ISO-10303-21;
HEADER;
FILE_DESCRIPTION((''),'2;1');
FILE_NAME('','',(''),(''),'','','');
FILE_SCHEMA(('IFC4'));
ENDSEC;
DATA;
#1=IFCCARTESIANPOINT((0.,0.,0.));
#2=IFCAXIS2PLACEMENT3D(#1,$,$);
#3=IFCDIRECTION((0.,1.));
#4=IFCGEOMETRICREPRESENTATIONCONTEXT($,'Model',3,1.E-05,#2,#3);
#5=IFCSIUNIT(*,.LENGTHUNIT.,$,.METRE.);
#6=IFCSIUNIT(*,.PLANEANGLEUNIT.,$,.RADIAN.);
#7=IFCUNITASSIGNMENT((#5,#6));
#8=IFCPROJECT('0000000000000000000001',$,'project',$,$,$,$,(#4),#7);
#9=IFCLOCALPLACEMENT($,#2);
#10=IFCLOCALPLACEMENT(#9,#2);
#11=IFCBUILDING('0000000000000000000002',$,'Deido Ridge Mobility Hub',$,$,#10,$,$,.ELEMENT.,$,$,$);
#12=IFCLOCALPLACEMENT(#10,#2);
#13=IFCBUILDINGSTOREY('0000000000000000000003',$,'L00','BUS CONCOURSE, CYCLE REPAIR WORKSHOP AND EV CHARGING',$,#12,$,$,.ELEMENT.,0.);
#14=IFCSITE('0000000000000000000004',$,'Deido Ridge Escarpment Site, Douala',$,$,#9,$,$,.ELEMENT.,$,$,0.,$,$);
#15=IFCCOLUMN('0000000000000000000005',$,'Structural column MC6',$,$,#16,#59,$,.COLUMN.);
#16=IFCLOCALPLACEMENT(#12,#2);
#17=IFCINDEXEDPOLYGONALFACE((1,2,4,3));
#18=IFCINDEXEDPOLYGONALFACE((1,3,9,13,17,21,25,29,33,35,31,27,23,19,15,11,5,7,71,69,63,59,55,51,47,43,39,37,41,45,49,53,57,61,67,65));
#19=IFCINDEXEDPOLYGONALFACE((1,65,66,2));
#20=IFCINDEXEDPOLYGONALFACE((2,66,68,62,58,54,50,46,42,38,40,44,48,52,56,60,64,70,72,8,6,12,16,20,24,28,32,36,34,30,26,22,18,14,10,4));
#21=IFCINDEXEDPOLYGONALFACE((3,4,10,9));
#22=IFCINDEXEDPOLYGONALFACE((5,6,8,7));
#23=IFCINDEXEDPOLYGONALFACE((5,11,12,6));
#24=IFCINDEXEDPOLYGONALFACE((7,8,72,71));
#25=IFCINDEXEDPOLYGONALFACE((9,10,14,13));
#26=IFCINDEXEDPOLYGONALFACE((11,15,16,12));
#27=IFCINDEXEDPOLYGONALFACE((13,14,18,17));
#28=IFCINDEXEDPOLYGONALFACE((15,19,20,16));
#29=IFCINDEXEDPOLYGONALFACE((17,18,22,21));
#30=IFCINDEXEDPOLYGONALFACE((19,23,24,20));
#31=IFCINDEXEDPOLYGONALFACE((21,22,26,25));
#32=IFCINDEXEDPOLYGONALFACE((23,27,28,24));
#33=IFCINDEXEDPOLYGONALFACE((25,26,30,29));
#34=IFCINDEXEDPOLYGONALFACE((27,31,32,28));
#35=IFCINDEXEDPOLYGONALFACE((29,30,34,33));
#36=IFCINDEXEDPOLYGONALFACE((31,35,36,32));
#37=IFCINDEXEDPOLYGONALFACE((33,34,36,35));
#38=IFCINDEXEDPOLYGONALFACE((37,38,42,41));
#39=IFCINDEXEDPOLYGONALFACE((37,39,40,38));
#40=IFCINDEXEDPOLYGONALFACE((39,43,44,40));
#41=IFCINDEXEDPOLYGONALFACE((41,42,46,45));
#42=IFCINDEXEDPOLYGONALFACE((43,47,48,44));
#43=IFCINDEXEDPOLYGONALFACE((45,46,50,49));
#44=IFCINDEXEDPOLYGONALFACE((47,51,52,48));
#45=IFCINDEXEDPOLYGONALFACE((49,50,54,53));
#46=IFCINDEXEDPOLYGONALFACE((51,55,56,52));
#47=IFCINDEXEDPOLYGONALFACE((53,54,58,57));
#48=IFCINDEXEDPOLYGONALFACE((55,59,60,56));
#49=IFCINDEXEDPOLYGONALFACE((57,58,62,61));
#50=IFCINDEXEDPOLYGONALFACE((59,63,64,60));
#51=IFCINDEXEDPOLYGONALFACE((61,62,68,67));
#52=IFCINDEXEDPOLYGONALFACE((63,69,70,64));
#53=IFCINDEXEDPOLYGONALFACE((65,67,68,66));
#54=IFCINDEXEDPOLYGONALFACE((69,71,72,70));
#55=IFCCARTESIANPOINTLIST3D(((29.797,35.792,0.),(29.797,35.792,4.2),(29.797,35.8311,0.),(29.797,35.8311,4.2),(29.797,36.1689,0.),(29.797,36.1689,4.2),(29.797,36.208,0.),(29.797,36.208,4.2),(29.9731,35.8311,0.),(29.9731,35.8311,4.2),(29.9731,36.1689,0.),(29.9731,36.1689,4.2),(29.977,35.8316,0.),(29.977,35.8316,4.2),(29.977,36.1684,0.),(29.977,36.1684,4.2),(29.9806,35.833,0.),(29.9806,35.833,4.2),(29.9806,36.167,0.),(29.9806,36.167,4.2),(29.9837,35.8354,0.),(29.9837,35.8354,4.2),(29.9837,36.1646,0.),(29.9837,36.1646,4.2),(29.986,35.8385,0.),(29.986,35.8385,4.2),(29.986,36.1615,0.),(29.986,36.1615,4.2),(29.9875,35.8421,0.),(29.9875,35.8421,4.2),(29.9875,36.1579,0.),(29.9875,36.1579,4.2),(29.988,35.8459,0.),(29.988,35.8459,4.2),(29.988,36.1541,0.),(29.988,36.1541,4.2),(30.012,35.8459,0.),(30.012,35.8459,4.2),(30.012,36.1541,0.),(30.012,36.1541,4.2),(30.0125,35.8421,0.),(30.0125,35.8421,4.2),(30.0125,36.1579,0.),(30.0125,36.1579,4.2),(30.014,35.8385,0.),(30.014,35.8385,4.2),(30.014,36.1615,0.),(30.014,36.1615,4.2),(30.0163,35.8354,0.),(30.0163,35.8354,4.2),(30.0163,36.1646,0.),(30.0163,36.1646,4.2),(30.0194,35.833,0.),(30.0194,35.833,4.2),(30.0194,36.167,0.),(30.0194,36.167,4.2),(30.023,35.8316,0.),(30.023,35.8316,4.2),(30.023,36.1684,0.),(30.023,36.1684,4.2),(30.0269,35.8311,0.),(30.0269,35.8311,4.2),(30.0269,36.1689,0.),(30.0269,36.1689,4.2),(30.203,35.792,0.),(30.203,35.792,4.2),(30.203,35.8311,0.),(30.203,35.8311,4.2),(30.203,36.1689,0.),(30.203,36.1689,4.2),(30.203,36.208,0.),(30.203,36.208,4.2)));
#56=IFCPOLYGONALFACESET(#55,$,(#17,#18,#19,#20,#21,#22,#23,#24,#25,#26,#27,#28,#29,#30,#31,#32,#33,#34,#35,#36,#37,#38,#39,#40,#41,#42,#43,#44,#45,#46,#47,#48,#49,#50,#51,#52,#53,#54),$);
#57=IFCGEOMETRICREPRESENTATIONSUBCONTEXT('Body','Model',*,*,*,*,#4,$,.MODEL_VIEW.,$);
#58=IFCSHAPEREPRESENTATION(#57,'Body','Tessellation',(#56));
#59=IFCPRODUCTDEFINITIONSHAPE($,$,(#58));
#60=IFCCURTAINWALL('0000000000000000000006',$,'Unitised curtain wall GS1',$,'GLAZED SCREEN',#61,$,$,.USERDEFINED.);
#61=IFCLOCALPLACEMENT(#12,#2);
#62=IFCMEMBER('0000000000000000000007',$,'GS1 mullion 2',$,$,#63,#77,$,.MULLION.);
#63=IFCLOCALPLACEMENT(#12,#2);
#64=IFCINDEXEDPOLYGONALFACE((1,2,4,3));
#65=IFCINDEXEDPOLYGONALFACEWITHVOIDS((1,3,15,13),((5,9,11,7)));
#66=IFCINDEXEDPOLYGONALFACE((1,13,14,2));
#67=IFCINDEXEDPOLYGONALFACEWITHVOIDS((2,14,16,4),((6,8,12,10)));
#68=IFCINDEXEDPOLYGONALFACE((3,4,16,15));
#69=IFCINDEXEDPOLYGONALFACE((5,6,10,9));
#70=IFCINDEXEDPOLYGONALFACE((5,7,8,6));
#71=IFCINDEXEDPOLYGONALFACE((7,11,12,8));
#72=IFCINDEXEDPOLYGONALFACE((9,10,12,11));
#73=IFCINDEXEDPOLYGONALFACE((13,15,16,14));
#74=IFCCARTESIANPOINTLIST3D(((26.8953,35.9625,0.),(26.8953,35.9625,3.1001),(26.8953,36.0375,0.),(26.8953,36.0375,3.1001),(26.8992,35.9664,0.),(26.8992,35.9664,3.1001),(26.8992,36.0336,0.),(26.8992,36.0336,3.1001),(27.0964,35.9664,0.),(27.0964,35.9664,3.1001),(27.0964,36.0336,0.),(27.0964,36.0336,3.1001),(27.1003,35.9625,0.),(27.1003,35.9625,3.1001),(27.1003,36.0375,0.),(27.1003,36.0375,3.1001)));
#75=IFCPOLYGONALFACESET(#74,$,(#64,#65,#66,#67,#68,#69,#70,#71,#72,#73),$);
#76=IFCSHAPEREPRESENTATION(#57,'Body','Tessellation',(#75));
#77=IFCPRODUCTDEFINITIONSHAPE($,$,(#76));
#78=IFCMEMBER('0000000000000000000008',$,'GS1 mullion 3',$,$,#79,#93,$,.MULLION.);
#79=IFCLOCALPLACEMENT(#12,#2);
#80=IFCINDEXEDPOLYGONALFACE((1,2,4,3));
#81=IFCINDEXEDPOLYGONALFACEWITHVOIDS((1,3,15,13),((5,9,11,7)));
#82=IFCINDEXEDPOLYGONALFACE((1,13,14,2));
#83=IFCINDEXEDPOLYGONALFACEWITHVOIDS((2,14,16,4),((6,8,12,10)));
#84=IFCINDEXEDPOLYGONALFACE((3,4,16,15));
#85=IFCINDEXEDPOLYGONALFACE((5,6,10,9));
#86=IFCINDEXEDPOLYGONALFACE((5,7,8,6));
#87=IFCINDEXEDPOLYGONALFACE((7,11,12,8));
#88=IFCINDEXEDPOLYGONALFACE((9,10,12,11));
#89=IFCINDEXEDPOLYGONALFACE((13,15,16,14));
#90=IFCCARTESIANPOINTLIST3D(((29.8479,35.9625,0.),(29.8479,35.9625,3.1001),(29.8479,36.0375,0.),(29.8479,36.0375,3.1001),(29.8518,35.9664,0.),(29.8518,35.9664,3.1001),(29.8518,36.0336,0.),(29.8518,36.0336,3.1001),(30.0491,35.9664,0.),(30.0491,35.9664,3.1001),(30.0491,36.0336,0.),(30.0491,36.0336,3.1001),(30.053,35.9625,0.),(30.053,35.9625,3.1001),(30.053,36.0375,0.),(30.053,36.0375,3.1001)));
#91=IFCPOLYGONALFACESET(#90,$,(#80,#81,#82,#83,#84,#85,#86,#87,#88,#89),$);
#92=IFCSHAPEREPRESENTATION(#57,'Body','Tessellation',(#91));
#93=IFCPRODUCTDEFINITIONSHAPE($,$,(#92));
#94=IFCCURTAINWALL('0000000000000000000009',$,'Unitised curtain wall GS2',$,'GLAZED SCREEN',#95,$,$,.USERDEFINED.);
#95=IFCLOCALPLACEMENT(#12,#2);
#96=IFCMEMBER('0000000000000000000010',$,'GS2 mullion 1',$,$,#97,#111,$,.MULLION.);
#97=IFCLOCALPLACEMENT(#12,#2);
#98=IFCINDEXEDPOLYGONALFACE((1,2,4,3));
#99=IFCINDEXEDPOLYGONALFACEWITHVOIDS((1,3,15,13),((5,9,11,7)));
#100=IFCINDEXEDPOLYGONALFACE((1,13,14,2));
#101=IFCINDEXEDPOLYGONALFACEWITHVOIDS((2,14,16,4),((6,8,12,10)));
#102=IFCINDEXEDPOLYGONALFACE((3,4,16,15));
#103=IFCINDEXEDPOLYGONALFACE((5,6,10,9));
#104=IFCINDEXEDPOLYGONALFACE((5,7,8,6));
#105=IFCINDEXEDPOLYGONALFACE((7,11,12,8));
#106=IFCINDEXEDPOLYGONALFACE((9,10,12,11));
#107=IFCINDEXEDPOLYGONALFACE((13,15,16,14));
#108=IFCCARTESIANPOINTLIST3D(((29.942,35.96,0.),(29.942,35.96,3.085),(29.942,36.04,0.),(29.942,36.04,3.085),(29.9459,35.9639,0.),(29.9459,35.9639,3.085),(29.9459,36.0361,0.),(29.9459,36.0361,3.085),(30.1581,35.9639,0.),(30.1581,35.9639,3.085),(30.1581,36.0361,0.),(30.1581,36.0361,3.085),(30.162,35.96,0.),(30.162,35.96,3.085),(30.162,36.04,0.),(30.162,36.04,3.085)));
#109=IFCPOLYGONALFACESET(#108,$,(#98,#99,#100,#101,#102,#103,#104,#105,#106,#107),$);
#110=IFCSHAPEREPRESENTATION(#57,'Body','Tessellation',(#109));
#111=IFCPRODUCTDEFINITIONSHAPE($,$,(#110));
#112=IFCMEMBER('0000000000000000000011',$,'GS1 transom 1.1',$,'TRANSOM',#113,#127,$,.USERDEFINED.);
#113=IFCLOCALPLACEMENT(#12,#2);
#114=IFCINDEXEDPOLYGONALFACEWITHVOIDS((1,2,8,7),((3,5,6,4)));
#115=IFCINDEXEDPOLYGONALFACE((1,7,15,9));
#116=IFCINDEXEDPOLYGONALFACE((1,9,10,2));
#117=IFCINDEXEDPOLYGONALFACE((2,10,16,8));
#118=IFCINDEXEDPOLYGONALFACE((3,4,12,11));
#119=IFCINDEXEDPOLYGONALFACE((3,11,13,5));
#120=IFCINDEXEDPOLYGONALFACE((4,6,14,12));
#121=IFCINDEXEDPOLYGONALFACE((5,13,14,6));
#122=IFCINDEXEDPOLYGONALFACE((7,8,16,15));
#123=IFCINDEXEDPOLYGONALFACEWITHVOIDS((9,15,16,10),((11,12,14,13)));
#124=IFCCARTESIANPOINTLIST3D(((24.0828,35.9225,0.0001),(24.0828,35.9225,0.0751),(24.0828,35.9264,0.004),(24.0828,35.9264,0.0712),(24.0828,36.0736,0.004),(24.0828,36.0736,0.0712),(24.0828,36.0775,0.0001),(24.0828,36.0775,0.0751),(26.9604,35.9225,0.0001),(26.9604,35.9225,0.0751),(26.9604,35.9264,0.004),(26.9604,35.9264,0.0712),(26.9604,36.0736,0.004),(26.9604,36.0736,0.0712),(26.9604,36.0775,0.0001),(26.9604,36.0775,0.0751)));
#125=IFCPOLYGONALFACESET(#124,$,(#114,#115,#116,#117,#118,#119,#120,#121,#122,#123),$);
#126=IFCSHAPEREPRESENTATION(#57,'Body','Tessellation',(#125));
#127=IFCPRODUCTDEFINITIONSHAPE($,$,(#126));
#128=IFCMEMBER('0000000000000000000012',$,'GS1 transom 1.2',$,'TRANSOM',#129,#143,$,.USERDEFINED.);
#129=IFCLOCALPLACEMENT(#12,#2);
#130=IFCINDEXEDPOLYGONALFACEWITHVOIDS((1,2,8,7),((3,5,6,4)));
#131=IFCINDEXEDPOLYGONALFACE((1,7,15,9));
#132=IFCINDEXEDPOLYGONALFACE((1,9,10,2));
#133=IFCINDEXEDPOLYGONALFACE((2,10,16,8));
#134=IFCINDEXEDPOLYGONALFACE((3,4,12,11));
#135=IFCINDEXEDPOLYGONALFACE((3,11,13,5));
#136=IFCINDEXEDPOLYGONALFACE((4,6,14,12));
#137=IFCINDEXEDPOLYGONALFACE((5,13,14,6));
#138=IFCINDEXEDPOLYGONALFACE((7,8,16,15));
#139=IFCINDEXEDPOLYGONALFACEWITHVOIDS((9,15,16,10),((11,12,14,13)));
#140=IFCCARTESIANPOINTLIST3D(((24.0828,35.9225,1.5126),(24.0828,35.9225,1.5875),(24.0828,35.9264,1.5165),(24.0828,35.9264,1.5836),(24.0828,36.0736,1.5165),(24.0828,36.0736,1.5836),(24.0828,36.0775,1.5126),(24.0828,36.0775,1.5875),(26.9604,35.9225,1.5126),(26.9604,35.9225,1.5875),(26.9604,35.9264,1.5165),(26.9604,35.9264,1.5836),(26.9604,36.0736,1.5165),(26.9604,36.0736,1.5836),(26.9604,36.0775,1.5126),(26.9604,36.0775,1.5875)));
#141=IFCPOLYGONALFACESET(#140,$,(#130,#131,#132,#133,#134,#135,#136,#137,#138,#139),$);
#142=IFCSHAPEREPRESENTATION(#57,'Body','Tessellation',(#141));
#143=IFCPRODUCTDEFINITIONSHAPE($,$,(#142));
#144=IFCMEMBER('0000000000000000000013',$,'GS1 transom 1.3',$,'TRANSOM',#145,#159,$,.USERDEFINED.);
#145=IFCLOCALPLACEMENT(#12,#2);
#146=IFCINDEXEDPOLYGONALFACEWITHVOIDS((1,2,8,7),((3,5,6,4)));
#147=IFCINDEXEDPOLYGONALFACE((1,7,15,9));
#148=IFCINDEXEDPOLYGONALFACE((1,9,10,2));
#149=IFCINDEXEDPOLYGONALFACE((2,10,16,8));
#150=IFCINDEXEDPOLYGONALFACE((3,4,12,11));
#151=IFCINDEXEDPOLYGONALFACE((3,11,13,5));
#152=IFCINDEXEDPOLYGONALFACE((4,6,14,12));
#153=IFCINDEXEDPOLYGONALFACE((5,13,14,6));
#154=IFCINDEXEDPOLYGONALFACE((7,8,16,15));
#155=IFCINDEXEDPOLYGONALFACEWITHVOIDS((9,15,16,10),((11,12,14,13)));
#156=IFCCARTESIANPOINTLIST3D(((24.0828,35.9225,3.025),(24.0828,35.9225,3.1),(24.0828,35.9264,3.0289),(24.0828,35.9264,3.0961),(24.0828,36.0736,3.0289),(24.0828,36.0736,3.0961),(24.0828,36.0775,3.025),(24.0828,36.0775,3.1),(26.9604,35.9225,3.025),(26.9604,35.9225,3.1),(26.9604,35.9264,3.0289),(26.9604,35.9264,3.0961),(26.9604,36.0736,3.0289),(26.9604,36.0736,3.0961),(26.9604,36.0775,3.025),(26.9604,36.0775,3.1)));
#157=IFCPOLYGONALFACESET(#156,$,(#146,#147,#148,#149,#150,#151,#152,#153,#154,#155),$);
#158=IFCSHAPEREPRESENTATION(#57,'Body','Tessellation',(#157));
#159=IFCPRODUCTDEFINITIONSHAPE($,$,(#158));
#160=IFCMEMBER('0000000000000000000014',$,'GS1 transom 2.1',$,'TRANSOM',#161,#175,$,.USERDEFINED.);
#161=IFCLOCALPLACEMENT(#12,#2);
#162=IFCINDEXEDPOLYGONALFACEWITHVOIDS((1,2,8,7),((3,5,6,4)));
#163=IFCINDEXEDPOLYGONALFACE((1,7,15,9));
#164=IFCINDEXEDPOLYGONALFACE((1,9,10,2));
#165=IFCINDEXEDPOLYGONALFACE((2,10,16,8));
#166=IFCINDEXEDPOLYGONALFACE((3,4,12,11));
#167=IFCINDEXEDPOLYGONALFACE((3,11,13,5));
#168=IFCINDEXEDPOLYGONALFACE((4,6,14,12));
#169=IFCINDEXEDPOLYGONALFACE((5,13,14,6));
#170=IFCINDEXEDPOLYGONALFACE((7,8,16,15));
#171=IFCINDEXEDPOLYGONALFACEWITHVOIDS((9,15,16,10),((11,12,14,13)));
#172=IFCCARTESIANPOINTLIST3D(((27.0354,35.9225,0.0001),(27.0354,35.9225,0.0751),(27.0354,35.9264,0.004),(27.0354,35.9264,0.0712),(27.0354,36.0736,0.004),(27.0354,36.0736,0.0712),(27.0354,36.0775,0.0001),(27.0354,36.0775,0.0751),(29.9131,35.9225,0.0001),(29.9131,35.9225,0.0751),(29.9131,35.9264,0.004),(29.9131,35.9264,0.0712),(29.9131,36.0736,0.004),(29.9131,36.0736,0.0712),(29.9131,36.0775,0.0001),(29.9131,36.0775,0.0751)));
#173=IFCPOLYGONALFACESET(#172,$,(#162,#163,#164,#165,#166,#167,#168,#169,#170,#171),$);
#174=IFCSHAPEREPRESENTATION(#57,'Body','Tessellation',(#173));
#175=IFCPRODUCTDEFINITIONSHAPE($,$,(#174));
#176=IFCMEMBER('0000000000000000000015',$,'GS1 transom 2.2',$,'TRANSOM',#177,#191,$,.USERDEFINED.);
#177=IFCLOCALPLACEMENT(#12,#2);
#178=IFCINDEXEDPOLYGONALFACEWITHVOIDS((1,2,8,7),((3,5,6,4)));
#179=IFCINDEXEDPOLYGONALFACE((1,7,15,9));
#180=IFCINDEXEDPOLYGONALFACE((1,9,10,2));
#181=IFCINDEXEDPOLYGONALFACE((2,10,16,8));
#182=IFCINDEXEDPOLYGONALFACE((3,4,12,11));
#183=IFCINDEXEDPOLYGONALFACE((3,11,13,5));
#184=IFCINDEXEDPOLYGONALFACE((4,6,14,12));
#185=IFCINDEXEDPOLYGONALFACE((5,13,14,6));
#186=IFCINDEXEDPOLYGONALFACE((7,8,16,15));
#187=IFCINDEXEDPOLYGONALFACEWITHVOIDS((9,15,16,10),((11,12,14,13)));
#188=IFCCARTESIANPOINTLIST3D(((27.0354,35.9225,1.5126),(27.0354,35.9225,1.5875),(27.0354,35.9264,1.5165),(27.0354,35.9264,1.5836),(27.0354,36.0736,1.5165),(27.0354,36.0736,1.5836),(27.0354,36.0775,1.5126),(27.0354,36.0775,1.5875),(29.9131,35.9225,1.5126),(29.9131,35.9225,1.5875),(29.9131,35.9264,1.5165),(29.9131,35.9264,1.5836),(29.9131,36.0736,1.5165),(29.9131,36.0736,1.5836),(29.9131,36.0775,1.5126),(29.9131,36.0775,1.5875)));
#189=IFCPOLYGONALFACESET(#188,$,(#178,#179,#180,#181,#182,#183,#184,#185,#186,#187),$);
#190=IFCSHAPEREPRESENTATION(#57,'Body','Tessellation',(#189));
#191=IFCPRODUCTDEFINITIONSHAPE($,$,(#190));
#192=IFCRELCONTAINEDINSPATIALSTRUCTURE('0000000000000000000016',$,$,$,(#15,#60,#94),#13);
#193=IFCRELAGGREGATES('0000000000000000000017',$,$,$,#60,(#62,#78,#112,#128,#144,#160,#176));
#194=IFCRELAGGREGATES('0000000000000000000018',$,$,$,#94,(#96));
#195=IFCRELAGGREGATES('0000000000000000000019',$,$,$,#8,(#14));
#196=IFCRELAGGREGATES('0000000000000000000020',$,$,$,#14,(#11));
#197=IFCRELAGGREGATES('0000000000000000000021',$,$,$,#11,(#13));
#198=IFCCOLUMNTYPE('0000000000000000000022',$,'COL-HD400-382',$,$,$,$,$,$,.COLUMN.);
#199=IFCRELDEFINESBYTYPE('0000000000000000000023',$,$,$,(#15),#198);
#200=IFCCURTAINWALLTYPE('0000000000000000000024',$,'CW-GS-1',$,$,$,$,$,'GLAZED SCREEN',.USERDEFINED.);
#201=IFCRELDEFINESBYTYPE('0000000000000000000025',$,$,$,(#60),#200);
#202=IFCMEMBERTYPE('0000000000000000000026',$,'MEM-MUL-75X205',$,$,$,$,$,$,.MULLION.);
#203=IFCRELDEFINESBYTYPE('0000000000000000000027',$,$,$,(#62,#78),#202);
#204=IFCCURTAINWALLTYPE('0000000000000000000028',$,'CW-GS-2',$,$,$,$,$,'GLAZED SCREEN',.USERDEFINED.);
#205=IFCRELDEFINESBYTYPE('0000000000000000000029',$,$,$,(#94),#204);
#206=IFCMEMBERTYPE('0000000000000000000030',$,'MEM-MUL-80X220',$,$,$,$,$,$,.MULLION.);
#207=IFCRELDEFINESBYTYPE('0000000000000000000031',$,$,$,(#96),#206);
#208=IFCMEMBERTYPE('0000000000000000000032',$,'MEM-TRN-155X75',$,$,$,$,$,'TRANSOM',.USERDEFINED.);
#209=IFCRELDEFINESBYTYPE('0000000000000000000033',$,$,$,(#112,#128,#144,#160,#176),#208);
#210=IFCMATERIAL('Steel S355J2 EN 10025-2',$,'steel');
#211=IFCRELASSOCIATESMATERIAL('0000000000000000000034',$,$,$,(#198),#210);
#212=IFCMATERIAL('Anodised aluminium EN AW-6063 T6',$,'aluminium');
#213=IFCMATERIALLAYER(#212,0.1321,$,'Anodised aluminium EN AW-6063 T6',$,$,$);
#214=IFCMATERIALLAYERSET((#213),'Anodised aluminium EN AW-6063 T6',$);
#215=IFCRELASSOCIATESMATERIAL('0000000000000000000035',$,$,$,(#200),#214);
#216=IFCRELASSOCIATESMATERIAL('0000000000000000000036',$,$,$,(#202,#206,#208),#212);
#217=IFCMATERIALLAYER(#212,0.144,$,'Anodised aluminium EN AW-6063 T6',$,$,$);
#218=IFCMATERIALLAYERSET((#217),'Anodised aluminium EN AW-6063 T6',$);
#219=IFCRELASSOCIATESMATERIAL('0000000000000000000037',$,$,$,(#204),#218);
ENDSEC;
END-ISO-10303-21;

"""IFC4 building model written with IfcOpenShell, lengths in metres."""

from ifc_helpers import new_model, si_unit, direction, frame, origin, origin_2d, place, context, subcontext, project, spatial, hollow_rectangle, i_section, extrude, material, layer, layer_set, material_profile, profile_set, type_object, element, aggregate, save


model = new_model("IFC4")

# Units and contexts
model_context = context("Model", 3, precision=1e-05, world=origin(), true_north=direction((0.0, 1.0)))
body_context = subcontext(model_context, "Body", "Model", "MODEL_VIEW")
ifc_project = project(units=[si_unit("LENGTHUNIT", "METRE"), si_unit("PLANEANGLEUNIT", "RADIAN")], contexts=[model_context])

# Site, building, storey
site_placement = place(None, origin())
site = spatial("IfcSite", under=ifc_project, at=site_placement, Name="Deido Ridge Escarpment Site, Douala", CompositionType="ELEMENT", RefElevation=0.0)
building_placement = place(site_placement, origin())
building = spatial("IfcBuilding", under=site, at=building_placement, Name="Deido Ridge Mobility Hub", CompositionType="ELEMENT")
storey_placement = place(building_placement, origin())
storey = spatial("IfcBuildingStorey", under=building, at=storey_placement, Name="L00", Description="BUS CONCOURSE, CYCLE REPAIR WORKSHOP AND EV CHARGING", CompositionType="ELEMENT", Elevation=0.0)

# Column
ifc_material_1 = material(Name="Steel S355J2 EN 10025-2", Category="steel")
ifc_material_profile_1 = material_profile(ifc_material_1, i_section(OverallWidth=0.406, OverallDepth=0.416, WebThickness=0.0239, FlangeThickness=0.0391, FilletRadius=0.0149, at=origin_2d()), Name="HD 400x382")
ifc_profile_set_1 = profile_set([ifc_material_profile_1], Name="Steel S355J2 EN 10025-2")
column_type = type_object("IfcColumnType", Name="COL-HD400-382", PredefinedType="COLUMN", material=ifc_profile_set_1)
column_placement = place(storey_placement, frame((30.0, 36.0, 0.0), z_axis=(0.0, 0.0, 1.0), x_axis=(1.0, 0.0, 0.0)))
element("IfcColumn", 1, at=column_placement, inside=storey, type_object=column_type, Name="Structural column MC6", PredefinedType="COLUMN", context=body_context, shape_type="SweptSolid", body=[
    extrude(i_section(OverallWidth=0.406, OverallDepth=0.416, WebThickness=0.0239, FlangeThickness=0.0391, FilletRadius=0.0149, at=origin_2d()), origin(), (0.0, 0.0, 1.0), 4.2),
])

# Curtain wall, members
ifc_material_2 = material(Name="Anodised aluminium EN AW-6063 T6", Category="aluminium")
ifc_layer_1 = layer(ifc_material_2, 0.1321, Name="Anodised aluminium EN AW-6063 T6")
ifc_layer_set_1 = layer_set([ifc_layer_1], Name="Anodised aluminium EN AW-6063 T6")
curtain_wall_type_1 = type_object("IfcCurtainWallType", Name="CW-GS-1", ElementType="GLAZED SCREEN", PredefinedType="USERDEFINED", material=ifc_layer_set_1)
curtain_wall_1_placement = place(storey_placement, origin())
curtain_wall_1 = element("IfcCurtainWall", 2, at=curtain_wall_1_placement, inside=storey, type_object=curtain_wall_type_1, Name="Unitised curtain wall GS1", ObjectType="GLAZED SCREEN", PredefinedType="USERDEFINED")
ifc_material_profile_2 = material_profile(ifc_material_2, hollow_rectangle(XDim=0.075, YDim=0.2051, WallThickness=0.0039, at=origin_2d()), Name="RHS 75x205x4")
ifc_profile_set_2 = profile_set([ifc_material_profile_2], Name="Anodised aluminium EN AW-6063 T6")
member_type_1 = type_object("IfcMemberType", Name="MEM-MUL-75X205", PredefinedType="MULLION", material=ifc_profile_set_2)
member_1_placement = place(storey_placement, frame((26.9978, 36.0, 0.0), z_axis=(0.0, 0.0, 1.0), x_axis=(0.0, 1.0, 0.0)))
member_1 = element("IfcMember", 3, at=member_1_placement, type_object=member_type_1, Name="GS1 mullion 2", PredefinedType="MULLION", context=body_context, shape_type="SweptSolid", body=[
    extrude(hollow_rectangle(XDim=0.075, YDim=0.2051, WallThickness=0.0039, at=origin_2d()), origin(), (0.0, 0.0, 1.0), 3.1001),
])
member_2_placement = place(storey_placement, frame((29.9504, 36.0, 0.0), z_axis=(0.0, 0.0, 1.0), x_axis=(0.0, 1.0, 0.0)))
member_2 = element("IfcMember", 4, at=member_2_placement, type_object=member_type_1, Name="GS1 mullion 3", PredefinedType="MULLION", context=body_context, shape_type="SweptSolid", body=[
    extrude(hollow_rectangle(XDim=0.075, YDim=0.2051, WallThickness=0.0039, at=origin_2d()), origin(), (0.0, 0.0, 1.0), 3.1001),
])

# Curtain wall, member
ifc_layer_2 = layer(ifc_material_2, 0.144, Name="Anodised aluminium EN AW-6063 T6")
ifc_layer_set_2 = layer_set([ifc_layer_2], Name="Anodised aluminium EN AW-6063 T6")
curtain_wall_type_2 = type_object("IfcCurtainWallType", Name="CW-GS-2", ElementType="GLAZED SCREEN", PredefinedType="USERDEFINED", material=ifc_layer_set_2)
curtain_wall_2_placement = place(storey_placement, origin())
curtain_wall_2 = element("IfcCurtainWall", 5, at=curtain_wall_2_placement, inside=storey, type_object=curtain_wall_type_2, Name="Unitised curtain wall GS2", ObjectType="GLAZED SCREEN", PredefinedType="USERDEFINED")
ifc_material_profile_3 = material_profile(ifc_material_2, hollow_rectangle(XDim=0.0801, YDim=0.22, WallThickness=0.0039, at=origin_2d()), Name="RHS 80x220x4")
ifc_profile_set_3 = profile_set([ifc_material_profile_3], Name="Anodised aluminium EN AW-6063 T6")
member_type_2 = type_object("IfcMemberType", Name="MEM-MUL-80X220", PredefinedType="MULLION", material=ifc_profile_set_3)
member_3_placement = place(storey_placement, frame((30.052, 36.0, 0.0), z_axis=(0.0, 0.0, 1.0), x_axis=(0.0, 1.0, 0.0)))
member_3 = element("IfcMember", 6, at=member_3_placement, type_object=member_type_2, Name="GS2 mullion 1", PredefinedType="MULLION", context=body_context, shape_type="SweptSolid", body=[
    extrude(hollow_rectangle(XDim=0.0801, YDim=0.22, WallThickness=0.0039, at=origin_2d()), origin(), (0.0, 0.0, 1.0), 3.085),
])

# Members
ifc_material_profile_4 = material_profile(ifc_material_2, hollow_rectangle(XDim=0.155, YDim=0.075, WallThickness=0.0039, at=origin_2d()), Name="RHS 155x75x4")
ifc_profile_set_4 = profile_set([ifc_material_profile_4], Name="Anodised aluminium EN AW-6063 T6")
member_type_3 = type_object("IfcMemberType", Name="MEM-TRN-155X75", ElementType="TRANSOM", PredefinedType="USERDEFINED", material=ifc_profile_set_4)
member_4_placement = place(storey_placement, frame((24.0828, 36.0, 0.0376), z_axis=(1.0, 0.0, 0.0), x_axis=(0.0, 1.0, 0.0)))
member_4 = element("IfcMember", 7, at=member_4_placement, type_object=member_type_3, Name="GS1 transom 1.1", ObjectType="TRANSOM", PredefinedType="USERDEFINED", context=body_context, shape_type="SweptSolid", body=[
    extrude(hollow_rectangle(XDim=0.155, YDim=0.075, WallThickness=0.0039, at=origin_2d()), origin(), (0.0, 0.0, 1.0), 2.8777),
])
member_5_placement = place(storey_placement, frame((24.0828, 36.0, 1.55), z_axis=(1.0, 0.0, 0.0), x_axis=(0.0, 1.0, 0.0)))
member_5 = element("IfcMember", 8, at=member_5_placement, type_object=member_type_3, Name="GS1 transom 1.2", ObjectType="TRANSOM", PredefinedType="USERDEFINED", context=body_context, shape_type="SweptSolid", body=[
    extrude(hollow_rectangle(XDim=0.155, YDim=0.075, WallThickness=0.0039, at=origin_2d()), origin(), (0.0, 0.0, 1.0), 2.8777),
])
member_6_placement = place(storey_placement, frame((24.0828, 36.0, 3.0625), z_axis=(1.0, 0.0, 0.0), x_axis=(0.0, 1.0, 0.0)))
member_6 = element("IfcMember", 9, at=member_6_placement, type_object=member_type_3, Name="GS1 transom 1.3", ObjectType="TRANSOM", PredefinedType="USERDEFINED", context=body_context, shape_type="SweptSolid", body=[
    extrude(hollow_rectangle(XDim=0.155, YDim=0.075, WallThickness=0.0039, at=origin_2d()), origin(), (0.0, 0.0, 1.0), 2.8777),
])
member_7_placement = place(storey_placement, frame((27.0354, 36.0, 0.0376), z_axis=(1.0, 0.0, 0.0), x_axis=(0.0, 1.0, 0.0)))
member_7 = element("IfcMember", 10, at=member_7_placement, type_object=member_type_3, Name="GS1 transom 2.1", ObjectType="TRANSOM", PredefinedType="USERDEFINED", context=body_context, shape_type="SweptSolid", body=[
    extrude(hollow_rectangle(XDim=0.155, YDim=0.075, WallThickness=0.0039, at=origin_2d()), origin(), (0.0, 0.0, 1.0), 2.8777),
])
member_8_placement = place(storey_placement, frame((27.0354, 36.0, 1.55), z_axis=(1.0, 0.0, 0.0), x_axis=(0.0, 1.0, 0.0)))
member_8 = element("IfcMember", 11, at=member_8_placement, type_object=member_type_3, Name="GS1 transom 2.2", ObjectType="TRANSOM", PredefinedType="USERDEFINED", context=body_context, shape_type="SweptSolid", body=[
    extrude(hollow_rectangle(XDim=0.155, YDim=0.075, WallThickness=0.0039, at=origin_2d()), origin(), (0.0, 0.0, 1.0), 2.8777),
])

aggregate(curtain_wall_1, [member_1, member_2, member_4, member_5, member_6, member_7, member_8])
aggregate(curtain_wall_2, [member_3])

save(model, "model.ifc")
